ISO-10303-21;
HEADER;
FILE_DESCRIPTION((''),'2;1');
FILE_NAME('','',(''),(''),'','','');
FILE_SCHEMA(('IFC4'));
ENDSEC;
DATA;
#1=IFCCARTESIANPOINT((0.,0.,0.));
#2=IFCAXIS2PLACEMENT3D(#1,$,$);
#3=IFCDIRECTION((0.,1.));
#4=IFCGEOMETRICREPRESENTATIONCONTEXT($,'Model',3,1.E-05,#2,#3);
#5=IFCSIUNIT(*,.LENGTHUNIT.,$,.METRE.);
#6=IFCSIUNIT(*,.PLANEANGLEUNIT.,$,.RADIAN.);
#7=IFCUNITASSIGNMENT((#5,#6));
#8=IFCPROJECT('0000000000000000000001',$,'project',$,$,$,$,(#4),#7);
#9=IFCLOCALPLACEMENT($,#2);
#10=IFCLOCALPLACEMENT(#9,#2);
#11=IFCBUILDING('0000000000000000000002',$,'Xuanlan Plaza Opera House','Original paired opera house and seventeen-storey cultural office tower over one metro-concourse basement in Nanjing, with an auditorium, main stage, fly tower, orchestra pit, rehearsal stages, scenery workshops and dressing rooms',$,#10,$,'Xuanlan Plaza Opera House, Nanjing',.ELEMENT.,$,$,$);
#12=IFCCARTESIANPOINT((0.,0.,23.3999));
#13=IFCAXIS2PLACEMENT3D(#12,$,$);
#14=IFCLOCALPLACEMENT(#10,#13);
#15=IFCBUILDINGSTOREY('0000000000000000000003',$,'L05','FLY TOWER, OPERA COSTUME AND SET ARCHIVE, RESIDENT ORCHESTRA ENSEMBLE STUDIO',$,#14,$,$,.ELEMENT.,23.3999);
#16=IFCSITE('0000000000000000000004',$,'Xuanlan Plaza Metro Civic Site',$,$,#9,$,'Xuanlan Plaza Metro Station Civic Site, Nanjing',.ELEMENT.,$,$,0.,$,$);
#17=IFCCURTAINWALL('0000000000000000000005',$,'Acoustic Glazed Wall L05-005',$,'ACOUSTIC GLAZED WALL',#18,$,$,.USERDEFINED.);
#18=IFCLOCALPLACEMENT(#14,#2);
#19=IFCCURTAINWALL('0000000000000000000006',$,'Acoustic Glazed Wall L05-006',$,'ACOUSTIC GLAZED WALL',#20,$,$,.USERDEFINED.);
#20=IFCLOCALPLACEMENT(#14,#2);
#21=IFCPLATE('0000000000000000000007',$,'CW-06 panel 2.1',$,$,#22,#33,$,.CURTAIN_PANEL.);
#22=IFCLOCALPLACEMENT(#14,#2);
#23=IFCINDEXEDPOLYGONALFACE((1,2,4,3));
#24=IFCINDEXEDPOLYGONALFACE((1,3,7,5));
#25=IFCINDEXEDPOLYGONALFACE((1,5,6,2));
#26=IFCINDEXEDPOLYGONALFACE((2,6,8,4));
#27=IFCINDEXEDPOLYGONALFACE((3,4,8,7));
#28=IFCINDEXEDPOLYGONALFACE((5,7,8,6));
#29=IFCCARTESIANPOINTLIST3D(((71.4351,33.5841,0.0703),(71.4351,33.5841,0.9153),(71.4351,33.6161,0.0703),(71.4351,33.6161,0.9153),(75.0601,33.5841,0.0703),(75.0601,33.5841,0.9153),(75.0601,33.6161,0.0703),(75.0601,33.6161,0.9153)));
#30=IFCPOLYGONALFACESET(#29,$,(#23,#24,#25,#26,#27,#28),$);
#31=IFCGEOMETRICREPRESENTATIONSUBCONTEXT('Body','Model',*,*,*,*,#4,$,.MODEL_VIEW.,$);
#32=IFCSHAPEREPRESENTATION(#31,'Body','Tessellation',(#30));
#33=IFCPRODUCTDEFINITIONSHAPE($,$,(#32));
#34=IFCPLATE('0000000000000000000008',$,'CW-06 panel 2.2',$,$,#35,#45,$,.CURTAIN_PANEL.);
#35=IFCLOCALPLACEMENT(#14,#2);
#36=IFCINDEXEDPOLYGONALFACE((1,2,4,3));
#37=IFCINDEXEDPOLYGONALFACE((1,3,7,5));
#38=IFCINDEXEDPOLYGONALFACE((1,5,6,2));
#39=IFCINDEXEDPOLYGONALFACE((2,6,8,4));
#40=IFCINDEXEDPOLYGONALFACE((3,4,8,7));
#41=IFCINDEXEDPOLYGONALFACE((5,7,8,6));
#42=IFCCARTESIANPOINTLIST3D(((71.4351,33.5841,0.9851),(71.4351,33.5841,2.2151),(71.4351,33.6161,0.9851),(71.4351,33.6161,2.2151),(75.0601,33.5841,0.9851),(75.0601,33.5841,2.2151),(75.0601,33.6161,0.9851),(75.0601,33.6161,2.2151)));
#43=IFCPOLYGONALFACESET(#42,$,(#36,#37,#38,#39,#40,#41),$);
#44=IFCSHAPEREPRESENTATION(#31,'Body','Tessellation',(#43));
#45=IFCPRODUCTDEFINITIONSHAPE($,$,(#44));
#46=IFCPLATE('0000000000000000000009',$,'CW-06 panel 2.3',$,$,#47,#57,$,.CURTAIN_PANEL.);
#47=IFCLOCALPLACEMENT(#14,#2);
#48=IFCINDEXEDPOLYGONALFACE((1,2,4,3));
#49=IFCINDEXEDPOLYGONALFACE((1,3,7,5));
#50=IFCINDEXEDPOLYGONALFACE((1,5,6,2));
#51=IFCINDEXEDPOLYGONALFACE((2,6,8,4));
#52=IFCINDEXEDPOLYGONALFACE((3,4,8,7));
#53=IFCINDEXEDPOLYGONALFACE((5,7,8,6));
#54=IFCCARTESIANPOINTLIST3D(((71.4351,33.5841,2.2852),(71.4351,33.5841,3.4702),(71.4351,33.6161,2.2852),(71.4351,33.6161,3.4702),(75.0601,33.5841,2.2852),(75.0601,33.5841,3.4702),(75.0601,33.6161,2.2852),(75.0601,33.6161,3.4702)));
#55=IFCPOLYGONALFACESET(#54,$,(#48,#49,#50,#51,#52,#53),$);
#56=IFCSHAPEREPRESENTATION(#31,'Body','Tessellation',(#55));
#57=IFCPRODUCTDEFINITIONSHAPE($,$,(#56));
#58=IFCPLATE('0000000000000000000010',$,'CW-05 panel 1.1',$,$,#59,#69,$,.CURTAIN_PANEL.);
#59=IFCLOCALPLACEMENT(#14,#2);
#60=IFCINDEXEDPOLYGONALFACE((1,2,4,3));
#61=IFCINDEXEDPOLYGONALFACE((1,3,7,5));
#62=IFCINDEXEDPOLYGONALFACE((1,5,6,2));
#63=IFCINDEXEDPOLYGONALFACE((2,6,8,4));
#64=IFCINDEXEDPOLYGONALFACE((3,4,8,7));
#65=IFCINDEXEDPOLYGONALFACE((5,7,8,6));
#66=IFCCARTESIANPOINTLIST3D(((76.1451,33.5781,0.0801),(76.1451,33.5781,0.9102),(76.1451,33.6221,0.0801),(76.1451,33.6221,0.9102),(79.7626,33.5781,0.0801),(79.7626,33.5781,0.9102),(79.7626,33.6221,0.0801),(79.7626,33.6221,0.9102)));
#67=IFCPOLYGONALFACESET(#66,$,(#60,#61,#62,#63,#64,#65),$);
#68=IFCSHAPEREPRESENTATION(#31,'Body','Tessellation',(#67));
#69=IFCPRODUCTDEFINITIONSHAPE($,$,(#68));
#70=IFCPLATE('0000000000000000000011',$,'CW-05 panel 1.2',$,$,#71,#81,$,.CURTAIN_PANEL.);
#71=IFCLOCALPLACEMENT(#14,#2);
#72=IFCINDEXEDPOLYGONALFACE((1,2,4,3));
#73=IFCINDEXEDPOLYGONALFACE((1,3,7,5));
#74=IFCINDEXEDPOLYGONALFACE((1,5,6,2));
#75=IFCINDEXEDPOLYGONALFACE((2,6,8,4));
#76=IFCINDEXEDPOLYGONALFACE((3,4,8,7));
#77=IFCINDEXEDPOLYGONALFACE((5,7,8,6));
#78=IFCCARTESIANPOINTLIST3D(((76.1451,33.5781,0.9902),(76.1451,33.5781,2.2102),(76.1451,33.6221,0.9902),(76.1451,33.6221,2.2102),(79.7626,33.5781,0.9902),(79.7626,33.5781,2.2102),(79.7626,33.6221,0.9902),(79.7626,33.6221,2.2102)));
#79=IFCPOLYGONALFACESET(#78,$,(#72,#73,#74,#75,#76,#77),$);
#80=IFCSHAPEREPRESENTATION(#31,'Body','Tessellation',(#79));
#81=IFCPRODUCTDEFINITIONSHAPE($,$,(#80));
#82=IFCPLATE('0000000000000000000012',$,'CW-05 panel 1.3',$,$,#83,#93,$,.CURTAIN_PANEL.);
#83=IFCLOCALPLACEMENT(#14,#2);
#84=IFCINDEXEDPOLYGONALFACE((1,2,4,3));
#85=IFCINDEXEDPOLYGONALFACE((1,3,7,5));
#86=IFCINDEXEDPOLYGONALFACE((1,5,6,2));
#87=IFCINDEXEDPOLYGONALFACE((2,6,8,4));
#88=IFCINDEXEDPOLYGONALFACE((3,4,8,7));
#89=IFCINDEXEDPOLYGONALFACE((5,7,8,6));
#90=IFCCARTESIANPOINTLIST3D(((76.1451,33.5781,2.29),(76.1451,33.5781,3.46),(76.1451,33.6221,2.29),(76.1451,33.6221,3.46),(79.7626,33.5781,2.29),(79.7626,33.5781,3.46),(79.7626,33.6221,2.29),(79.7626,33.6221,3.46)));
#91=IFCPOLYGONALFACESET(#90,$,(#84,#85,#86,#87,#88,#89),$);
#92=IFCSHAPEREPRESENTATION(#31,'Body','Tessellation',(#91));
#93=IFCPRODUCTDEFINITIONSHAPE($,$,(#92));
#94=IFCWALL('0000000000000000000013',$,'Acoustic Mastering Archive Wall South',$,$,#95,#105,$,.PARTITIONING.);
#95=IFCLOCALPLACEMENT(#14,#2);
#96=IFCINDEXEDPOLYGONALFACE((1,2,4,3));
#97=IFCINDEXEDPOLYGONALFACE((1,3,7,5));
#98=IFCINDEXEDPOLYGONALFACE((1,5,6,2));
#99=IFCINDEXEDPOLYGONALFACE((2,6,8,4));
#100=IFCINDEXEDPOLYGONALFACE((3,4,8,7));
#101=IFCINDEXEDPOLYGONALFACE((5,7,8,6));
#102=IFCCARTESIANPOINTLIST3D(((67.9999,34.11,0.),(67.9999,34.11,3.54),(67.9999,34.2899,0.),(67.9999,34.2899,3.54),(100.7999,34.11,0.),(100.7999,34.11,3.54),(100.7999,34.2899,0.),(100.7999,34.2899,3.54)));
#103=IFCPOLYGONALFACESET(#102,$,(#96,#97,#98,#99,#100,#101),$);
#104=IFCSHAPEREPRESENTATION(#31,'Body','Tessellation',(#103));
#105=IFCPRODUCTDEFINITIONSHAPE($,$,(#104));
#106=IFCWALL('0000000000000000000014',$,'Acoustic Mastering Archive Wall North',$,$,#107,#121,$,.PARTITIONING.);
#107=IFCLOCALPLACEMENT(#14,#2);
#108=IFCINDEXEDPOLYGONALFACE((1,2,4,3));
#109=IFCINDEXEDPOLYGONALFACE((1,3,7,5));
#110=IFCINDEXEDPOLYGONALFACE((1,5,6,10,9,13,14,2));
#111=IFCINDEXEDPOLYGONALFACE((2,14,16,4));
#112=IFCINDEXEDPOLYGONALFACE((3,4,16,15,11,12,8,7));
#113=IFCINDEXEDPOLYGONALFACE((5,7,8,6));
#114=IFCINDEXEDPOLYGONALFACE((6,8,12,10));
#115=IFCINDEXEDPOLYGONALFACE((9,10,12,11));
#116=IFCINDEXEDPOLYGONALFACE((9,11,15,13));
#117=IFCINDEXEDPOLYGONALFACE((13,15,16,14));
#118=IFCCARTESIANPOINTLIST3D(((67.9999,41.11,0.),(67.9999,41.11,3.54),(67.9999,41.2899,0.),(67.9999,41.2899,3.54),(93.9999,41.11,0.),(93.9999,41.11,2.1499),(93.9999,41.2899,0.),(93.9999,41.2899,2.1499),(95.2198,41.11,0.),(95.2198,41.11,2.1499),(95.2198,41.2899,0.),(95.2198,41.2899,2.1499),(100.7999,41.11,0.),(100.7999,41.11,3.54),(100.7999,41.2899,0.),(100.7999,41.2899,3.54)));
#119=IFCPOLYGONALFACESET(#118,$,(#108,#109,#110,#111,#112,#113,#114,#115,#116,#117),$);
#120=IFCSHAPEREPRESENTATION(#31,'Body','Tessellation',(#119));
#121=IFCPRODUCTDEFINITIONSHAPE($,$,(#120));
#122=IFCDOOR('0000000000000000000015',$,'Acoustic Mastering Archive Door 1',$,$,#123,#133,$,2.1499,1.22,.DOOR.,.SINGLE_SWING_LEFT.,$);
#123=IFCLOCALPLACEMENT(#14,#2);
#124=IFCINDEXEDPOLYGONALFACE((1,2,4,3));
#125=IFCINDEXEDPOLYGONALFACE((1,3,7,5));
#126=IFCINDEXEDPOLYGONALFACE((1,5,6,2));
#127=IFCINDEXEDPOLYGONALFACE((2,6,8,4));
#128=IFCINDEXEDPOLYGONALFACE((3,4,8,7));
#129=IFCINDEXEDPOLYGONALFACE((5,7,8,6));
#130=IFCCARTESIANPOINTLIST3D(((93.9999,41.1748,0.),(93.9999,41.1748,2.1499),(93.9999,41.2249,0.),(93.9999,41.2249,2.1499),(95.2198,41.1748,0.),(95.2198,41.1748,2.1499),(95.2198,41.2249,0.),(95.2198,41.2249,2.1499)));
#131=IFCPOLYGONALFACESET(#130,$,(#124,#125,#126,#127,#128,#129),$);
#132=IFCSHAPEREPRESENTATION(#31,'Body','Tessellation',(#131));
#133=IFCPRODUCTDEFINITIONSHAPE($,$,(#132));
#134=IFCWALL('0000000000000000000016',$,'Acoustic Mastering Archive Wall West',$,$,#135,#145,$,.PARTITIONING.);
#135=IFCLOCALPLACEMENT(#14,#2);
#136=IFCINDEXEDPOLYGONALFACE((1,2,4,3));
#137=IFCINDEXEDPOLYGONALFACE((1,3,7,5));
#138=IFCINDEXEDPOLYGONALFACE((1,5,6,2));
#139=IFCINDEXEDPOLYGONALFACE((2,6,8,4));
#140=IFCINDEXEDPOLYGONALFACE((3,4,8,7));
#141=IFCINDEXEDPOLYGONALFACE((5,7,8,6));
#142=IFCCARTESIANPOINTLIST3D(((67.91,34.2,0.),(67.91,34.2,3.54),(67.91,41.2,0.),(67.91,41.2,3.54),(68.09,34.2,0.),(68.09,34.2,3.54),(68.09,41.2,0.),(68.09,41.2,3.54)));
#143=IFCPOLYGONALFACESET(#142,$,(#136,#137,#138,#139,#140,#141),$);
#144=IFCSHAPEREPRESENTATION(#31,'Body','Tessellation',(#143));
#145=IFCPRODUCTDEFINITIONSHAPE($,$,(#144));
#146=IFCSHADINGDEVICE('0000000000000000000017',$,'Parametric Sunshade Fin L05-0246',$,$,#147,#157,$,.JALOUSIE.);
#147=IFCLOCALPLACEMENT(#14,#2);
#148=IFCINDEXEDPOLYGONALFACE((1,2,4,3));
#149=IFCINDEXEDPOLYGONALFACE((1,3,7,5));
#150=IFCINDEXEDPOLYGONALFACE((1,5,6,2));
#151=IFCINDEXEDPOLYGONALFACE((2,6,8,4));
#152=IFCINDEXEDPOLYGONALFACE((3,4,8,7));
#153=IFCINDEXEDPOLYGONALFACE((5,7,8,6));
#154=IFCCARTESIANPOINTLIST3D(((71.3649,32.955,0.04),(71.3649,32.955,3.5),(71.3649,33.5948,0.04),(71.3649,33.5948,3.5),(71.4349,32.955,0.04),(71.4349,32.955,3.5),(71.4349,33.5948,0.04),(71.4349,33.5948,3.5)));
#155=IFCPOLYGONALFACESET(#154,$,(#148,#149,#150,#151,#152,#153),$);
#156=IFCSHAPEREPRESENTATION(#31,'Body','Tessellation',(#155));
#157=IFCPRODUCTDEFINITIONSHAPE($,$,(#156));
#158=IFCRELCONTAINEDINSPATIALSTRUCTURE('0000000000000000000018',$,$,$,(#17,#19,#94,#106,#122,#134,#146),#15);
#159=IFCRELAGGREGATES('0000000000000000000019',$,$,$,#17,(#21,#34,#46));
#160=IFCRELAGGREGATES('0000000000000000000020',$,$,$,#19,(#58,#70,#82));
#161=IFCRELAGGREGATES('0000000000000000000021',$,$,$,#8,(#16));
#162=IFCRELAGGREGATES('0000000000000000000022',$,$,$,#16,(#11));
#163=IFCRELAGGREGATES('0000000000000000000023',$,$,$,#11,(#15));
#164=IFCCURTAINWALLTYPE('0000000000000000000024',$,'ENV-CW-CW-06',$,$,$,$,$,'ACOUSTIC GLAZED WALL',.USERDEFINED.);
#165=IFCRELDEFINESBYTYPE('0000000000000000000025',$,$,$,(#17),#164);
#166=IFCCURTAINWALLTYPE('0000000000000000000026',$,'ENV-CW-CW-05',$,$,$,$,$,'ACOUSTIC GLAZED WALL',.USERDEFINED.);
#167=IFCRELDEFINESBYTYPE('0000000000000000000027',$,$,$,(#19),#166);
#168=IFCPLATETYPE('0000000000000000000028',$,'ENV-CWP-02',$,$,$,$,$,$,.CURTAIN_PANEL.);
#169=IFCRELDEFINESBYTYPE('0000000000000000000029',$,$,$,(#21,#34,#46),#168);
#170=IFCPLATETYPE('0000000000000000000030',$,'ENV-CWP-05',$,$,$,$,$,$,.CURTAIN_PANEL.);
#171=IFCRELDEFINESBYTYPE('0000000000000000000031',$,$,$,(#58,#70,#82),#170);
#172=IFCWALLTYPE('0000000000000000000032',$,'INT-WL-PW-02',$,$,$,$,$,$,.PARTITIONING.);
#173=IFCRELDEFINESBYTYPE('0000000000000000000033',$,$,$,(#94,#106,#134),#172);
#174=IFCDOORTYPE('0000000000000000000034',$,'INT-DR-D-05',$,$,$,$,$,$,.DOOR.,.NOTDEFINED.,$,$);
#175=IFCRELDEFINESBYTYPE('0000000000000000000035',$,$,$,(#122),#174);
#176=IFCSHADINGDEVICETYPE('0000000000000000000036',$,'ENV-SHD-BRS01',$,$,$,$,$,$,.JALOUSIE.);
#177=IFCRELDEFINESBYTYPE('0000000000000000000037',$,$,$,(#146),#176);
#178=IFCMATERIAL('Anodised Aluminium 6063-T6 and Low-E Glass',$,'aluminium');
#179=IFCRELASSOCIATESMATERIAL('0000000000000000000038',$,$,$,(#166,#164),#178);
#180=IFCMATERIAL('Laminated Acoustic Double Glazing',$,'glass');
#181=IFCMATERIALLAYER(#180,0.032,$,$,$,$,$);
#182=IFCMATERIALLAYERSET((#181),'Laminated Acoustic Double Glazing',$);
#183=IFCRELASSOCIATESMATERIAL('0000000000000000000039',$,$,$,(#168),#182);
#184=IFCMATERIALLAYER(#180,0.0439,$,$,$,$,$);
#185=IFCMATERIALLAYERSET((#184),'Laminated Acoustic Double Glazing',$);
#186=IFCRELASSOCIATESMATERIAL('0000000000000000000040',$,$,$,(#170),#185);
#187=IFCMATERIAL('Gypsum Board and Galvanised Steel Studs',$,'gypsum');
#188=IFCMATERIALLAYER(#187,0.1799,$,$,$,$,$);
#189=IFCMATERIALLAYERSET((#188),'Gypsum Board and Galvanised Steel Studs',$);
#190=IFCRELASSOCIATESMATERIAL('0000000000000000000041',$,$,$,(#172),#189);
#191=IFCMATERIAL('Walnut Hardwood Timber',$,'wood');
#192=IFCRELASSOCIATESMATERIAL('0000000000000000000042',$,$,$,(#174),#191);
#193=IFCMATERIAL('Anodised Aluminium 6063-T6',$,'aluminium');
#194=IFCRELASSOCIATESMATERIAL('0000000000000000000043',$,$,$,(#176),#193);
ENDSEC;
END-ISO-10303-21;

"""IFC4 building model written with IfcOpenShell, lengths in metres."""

from ifc_helpers import new_model, si_unit, direction, frame, frame_2d, origin, origin_2d, place, context, subcontext, project, spatial, rectangle, extrude, material, layer, layer_set, type_object, element, fill, aggregate, save


model = new_model("IFC4")

# Units and contexts
model_context = context("Model", 3, precision=1e-05, world=origin(), true_north=direction((0.0, 1.0)))
body_context = subcontext(model_context, "Body", "Model", "MODEL_VIEW")
ifc_project = project(units=[si_unit("LENGTHUNIT", "METRE"), si_unit("PLANEANGLEUNIT", "RADIAN")], contexts=[model_context])

# Site, building, storey
site_placement = place(None, origin())
site = spatial("IfcSite", under=ifc_project, at=site_placement, Name="Xuanlan Plaza Metro Civic Site", LongName="Xuanlan Plaza Metro Station Civic Site, Nanjing", CompositionType="ELEMENT", RefElevation=0.0)
building_placement = place(site_placement, origin())
building = spatial("IfcBuilding", under=site, at=building_placement, Name="Xuanlan Plaza Opera House", Description="Original paired opera house and seventeen-storey cultural office tower over one metro-concourse basement in Nanjing, with an auditorium, main stage, fly tower, orchestra pit, rehearsal stages, scenery workshops and dressing rooms", LongName="Xuanlan Plaza Opera House, Nanjing", CompositionType="ELEMENT")
storey_placement = place(building_placement, frame((0.0, 0.0, 23.3999)))
storey = spatial("IfcBuildingStorey", under=building, at=storey_placement, Name="L05", Description="FLY TOWER, OPERA COSTUME AND SET ARCHIVE, RESIDENT ORCHESTRA ENSEMBLE STUDIO", CompositionType="ELEMENT", Elevation=23.3999)

# Shared definitions
ifc_material_1 = material(Name="Anodised Aluminium 6063-T6 and Low-E Glass", Category="aluminium")
curtain_wall_type_1 = type_object("IfcCurtainWallType", Name="ENV-CW-CW-05", ElementType="ACOUSTIC GLAZED WALL", PredefinedType="USERDEFINED", material=ifc_material_1)
ifc_material_2 = material(Name="Anodised Aluminium 6063-T6", Category="aluminium")

# Curtain wall
curtain_wall_type_2 = type_object("IfcCurtainWallType", Name="ENV-CW-CW-06", ElementType="ACOUSTIC GLAZED WALL", PredefinedType="USERDEFINED", material=ifc_material_1)
curtain_wall_1_placement = place(storey_placement, origin())
curtain_wall_1 = element("IfcCurtainWall", 1, at=curtain_wall_1_placement, inside=storey, type_object=curtain_wall_type_2, Name="Acoustic Glazed Wall L05-005", ObjectType="ACOUSTIC GLAZED WALL", PredefinedType="USERDEFINED")

# Curtain wall
curtain_wall_2_placement = place(storey_placement, origin())
curtain_wall_2 = element("IfcCurtainWall", 2, at=curtain_wall_2_placement, inside=storey, type_object=curtain_wall_type_1, Name="Acoustic Glazed Wall L05-006", ObjectType="ACOUSTIC GLAZED WALL", PredefinedType="USERDEFINED")

# Plates
ifc_material_3 = material(Name="Laminated Acoustic Double Glazing", Category="glass")
ifc_layer_1 = layer(ifc_material_3, 0.032)
ifc_layer_set_1 = layer_set([ifc_layer_1], Name="Laminated Acoustic Double Glazing")
plate_type_1 = type_object("IfcPlateType", Name="ENV-CWP-02", PredefinedType="CURTAIN_PANEL", material=ifc_layer_set_1)
plate_1_placement = place(storey_placement, frame((73.2476, 33.6001, 0.0703), z_axis=(0.0, 0.0, 1.0), x_axis=(1.0, 0.0, 0.0)))
plate_1 = element("IfcPlate", 3, at=plate_1_placement, type_object=plate_type_1, Name="CW-06 panel 2.1", PredefinedType="CURTAIN_PANEL", context=body_context, shape_type="SweptSolid", body=[
    extrude(rectangle(XDim=3.625, YDim=0.032, at=origin_2d()), origin(), (0.0, 0.0, 1.0), 0.845),
])
plate_2_placement = place(storey_placement, frame((73.2476, 33.6001, 0.9851), z_axis=(0.0, 0.0, 1.0), x_axis=(1.0, 0.0, 0.0)))
plate_2 = element("IfcPlate", 4, at=plate_2_placement, type_object=plate_type_1, Name="CW-06 panel 2.2", PredefinedType="CURTAIN_PANEL", context=body_context, shape_type="SweptSolid", body=[
    extrude(rectangle(XDim=3.625, YDim=0.032, at=origin_2d()), origin(), (0.0, 0.0, 1.0), 1.23),
])
plate_3_placement = place(storey_placement, frame((73.2476, 33.6001, 2.2852), z_axis=(0.0, 0.0, 1.0), x_axis=(1.0, 0.0, 0.0)))
plate_3 = element("IfcPlate", 5, at=plate_3_placement, type_object=plate_type_1, Name="CW-06 panel 2.3", PredefinedType="CURTAIN_PANEL", context=body_context, shape_type="SweptSolid", body=[
    extrude(rectangle(XDim=3.625, YDim=0.032, at=origin_2d()), origin(), (0.0, 0.0, 1.0), 1.1851),
])
aggregate(curtain_wall_1, [plate_1, plate_2, plate_3])
ifc_layer_2 = layer(ifc_material_3, 0.0439)
ifc_layer_set_2 = layer_set([ifc_layer_2], Name="Laminated Acoustic Double Glazing")
plate_type_2 = type_object("IfcPlateType", Name="ENV-CWP-05", PredefinedType="CURTAIN_PANEL", material=ifc_layer_set_2)
plate_4_placement = place(storey_placement, frame((77.9539, 33.6001, 0.0801), z_axis=(0.0, 0.0, 1.0), x_axis=(1.0, 0.0, 0.0)))
plate_4 = element("IfcPlate", 6, at=plate_4_placement, type_object=plate_type_2, Name="CW-05 panel 1.1", PredefinedType="CURTAIN_PANEL", context=body_context, shape_type="SweptSolid", body=[
    extrude(rectangle(XDim=3.6174, YDim=0.0439, at=origin_2d()), origin(), (0.0, 0.0, 1.0), 0.8301),
])
plate_5_placement = place(storey_placement, frame((77.9539, 33.6001, 0.9902), z_axis=(0.0, 0.0, 1.0), x_axis=(1.0, 0.0, 0.0)))
plate_5 = element("IfcPlate", 7, at=plate_5_placement, type_object=plate_type_2, Name="CW-05 panel 1.2", PredefinedType="CURTAIN_PANEL", context=body_context, shape_type="SweptSolid", body=[
    extrude(rectangle(XDim=3.6174, YDim=0.0439, at=origin_2d()), origin(), (0.0, 0.0, 1.0), 1.22),
])
plate_6_placement = place(storey_placement, frame((77.9539, 33.6001, 2.29), z_axis=(0.0, 0.0, 1.0), x_axis=(1.0, 0.0, 0.0)))
plate_6 = element("IfcPlate", 8, at=plate_6_placement, type_object=plate_type_2, Name="CW-05 panel 1.3", PredefinedType="CURTAIN_PANEL", context=body_context, shape_type="SweptSolid", body=[
    extrude(rectangle(XDim=3.6174, YDim=0.0439, at=origin_2d()), origin(), (0.0, 0.0, 1.0), 1.1699),
])
aggregate(curtain_wall_2, [plate_4, plate_5, plate_6])

# Wall
ifc_material_4 = material(Name="Gypsum Board and Galvanised Steel Studs", Category="gypsum")
ifc_layer_3 = layer(ifc_material_4, 0.1799)
ifc_layer_set_3 = layer_set([ifc_layer_3], Name="Gypsum Board and Galvanised Steel Studs")
wall_type = type_object("IfcWallType", Name="INT-WL-PW-02", PredefinedType="PARTITIONING", material=ifc_layer_set_3)
wall_1_placement = place(storey_placement, frame((68.0, 34.2, 0.0), z_axis=(0.0, 0.0, 1.0), x_axis=(1.0, 0.0, 0.0)))
element("IfcWall", 9, at=wall_1_placement, inside=storey, type_object=wall_type, Name="Acoustic Mastering Archive Wall South", PredefinedType="PARTITIONING", context=body_context, shape_type="SweptSolid", body=[
    extrude(rectangle(XDim=32.8, YDim=0.1799, at=frame_2d((16.3999, 0.0))), origin(), (0.0, 0.0, 1.0), 3.54),
])

# Wall, opening, door
wall_2_placement = place(storey_placement, frame((68.0, 41.2, 0.0), z_axis=(0.0, 0.0, 1.0), x_axis=(1.0, 0.0, 0.0)))
wall_2 = element("IfcWall", 10, at=wall_2_placement, inside=storey, type_object=wall_type, Name="Acoustic Mastering Archive Wall North", PredefinedType="PARTITIONING", context=body_context, shape_type="SweptSolid", body=[
    extrude(rectangle(XDim=32.8, YDim=0.1799, at=frame_2d((16.3999, 0.0))), origin(), (0.0, 0.0, 1.0), 3.54),
])
opening_placement = place(wall_2_placement, frame((26.0, 0.0, 0.0)))
opening = element("IfcOpeningElement", 11, at=opening_placement, cuts=wall_2, PredefinedType="OPENING", context=body_context, shape_type="SweptSolid", body=[
    extrude(rectangle(XDim=1.22, YDim=2.1499, at=frame_2d((0.6099, 1.075))), frame((0.0, 0.0999, 0.0), z_axis=(0.0, -1.0, 0.0), x_axis=(1.0, 0.0, 0.0)), (0.0, 0.0, 1.0), 0.2),
])
ifc_material_5 = material(Name="Walnut Hardwood Timber", Category="wood")
door_type = type_object("IfcDoorType", Name="INT-DR-D-05", OperationType="NOTDEFINED", PredefinedType="DOOR", material=ifc_material_5)
door_placement = place(opening_placement, origin())
door = element("IfcDoor", 12, at=door_placement, inside=storey, type_object=door_type, Name="Acoustic Mastering Archive Door 1", OperationType="SINGLE_SWING_LEFT", OverallHeight=2.1499, OverallWidth=1.22, PredefinedType="DOOR", context=body_context, shape_type="SweptSolid", body=[
    extrude(rectangle(XDim=1.22, YDim=2.1499, at=frame_2d((0.6099, 1.075))), frame((0.0, 0.0249, 0.0), z_axis=(0.0, -1.0, 0.0), x_axis=(1.0, 0.0, 0.0)), (0.0, 0.0, 1.0), 0.05),
])
fill(opening, door)

# Wall
wall_3_placement = place(storey_placement, frame((68.0, 34.2, 0.0), z_axis=(0.0, 0.0, 1.0), x_axis=(0.0, 1.0, 0.0)))
element("IfcWall", 13, at=wall_3_placement, inside=storey, type_object=wall_type, Name="Acoustic Mastering Archive Wall West", PredefinedType="PARTITIONING", context=body_context, shape_type="SweptSolid", body=[
    extrude(rectangle(XDim=7.0, YDim=0.1799, at=frame_2d((3.5, 0.0))), origin(), (0.0, 0.0, 1.0), 3.54),
])

# Shading device
shading_device_type = type_object("IfcShadingDeviceType", Name="ENV-SHD-BRS01", PredefinedType="JALOUSIE", material=ifc_material_2)
shading_device_placement = place(storey_placement, frame((71.3999, 33.2749, 0.04), z_axis=(0.0, 0.0, 1.0), x_axis=(0.0, -1.0, 0.0)))
element("IfcShadingDevice", 14, at=shading_device_placement, inside=storey, type_object=shading_device_type, Name="Parametric Sunshade Fin L05-0246", PredefinedType="JALOUSIE", context=body_context, shape_type="SweptSolid", body=[
    extrude(rectangle(XDim=0.6399, YDim=0.0701, at=origin_2d()), origin(), (0.0, 0.0, 1.0), 3.46),
])

save(model, "model.ifc")
